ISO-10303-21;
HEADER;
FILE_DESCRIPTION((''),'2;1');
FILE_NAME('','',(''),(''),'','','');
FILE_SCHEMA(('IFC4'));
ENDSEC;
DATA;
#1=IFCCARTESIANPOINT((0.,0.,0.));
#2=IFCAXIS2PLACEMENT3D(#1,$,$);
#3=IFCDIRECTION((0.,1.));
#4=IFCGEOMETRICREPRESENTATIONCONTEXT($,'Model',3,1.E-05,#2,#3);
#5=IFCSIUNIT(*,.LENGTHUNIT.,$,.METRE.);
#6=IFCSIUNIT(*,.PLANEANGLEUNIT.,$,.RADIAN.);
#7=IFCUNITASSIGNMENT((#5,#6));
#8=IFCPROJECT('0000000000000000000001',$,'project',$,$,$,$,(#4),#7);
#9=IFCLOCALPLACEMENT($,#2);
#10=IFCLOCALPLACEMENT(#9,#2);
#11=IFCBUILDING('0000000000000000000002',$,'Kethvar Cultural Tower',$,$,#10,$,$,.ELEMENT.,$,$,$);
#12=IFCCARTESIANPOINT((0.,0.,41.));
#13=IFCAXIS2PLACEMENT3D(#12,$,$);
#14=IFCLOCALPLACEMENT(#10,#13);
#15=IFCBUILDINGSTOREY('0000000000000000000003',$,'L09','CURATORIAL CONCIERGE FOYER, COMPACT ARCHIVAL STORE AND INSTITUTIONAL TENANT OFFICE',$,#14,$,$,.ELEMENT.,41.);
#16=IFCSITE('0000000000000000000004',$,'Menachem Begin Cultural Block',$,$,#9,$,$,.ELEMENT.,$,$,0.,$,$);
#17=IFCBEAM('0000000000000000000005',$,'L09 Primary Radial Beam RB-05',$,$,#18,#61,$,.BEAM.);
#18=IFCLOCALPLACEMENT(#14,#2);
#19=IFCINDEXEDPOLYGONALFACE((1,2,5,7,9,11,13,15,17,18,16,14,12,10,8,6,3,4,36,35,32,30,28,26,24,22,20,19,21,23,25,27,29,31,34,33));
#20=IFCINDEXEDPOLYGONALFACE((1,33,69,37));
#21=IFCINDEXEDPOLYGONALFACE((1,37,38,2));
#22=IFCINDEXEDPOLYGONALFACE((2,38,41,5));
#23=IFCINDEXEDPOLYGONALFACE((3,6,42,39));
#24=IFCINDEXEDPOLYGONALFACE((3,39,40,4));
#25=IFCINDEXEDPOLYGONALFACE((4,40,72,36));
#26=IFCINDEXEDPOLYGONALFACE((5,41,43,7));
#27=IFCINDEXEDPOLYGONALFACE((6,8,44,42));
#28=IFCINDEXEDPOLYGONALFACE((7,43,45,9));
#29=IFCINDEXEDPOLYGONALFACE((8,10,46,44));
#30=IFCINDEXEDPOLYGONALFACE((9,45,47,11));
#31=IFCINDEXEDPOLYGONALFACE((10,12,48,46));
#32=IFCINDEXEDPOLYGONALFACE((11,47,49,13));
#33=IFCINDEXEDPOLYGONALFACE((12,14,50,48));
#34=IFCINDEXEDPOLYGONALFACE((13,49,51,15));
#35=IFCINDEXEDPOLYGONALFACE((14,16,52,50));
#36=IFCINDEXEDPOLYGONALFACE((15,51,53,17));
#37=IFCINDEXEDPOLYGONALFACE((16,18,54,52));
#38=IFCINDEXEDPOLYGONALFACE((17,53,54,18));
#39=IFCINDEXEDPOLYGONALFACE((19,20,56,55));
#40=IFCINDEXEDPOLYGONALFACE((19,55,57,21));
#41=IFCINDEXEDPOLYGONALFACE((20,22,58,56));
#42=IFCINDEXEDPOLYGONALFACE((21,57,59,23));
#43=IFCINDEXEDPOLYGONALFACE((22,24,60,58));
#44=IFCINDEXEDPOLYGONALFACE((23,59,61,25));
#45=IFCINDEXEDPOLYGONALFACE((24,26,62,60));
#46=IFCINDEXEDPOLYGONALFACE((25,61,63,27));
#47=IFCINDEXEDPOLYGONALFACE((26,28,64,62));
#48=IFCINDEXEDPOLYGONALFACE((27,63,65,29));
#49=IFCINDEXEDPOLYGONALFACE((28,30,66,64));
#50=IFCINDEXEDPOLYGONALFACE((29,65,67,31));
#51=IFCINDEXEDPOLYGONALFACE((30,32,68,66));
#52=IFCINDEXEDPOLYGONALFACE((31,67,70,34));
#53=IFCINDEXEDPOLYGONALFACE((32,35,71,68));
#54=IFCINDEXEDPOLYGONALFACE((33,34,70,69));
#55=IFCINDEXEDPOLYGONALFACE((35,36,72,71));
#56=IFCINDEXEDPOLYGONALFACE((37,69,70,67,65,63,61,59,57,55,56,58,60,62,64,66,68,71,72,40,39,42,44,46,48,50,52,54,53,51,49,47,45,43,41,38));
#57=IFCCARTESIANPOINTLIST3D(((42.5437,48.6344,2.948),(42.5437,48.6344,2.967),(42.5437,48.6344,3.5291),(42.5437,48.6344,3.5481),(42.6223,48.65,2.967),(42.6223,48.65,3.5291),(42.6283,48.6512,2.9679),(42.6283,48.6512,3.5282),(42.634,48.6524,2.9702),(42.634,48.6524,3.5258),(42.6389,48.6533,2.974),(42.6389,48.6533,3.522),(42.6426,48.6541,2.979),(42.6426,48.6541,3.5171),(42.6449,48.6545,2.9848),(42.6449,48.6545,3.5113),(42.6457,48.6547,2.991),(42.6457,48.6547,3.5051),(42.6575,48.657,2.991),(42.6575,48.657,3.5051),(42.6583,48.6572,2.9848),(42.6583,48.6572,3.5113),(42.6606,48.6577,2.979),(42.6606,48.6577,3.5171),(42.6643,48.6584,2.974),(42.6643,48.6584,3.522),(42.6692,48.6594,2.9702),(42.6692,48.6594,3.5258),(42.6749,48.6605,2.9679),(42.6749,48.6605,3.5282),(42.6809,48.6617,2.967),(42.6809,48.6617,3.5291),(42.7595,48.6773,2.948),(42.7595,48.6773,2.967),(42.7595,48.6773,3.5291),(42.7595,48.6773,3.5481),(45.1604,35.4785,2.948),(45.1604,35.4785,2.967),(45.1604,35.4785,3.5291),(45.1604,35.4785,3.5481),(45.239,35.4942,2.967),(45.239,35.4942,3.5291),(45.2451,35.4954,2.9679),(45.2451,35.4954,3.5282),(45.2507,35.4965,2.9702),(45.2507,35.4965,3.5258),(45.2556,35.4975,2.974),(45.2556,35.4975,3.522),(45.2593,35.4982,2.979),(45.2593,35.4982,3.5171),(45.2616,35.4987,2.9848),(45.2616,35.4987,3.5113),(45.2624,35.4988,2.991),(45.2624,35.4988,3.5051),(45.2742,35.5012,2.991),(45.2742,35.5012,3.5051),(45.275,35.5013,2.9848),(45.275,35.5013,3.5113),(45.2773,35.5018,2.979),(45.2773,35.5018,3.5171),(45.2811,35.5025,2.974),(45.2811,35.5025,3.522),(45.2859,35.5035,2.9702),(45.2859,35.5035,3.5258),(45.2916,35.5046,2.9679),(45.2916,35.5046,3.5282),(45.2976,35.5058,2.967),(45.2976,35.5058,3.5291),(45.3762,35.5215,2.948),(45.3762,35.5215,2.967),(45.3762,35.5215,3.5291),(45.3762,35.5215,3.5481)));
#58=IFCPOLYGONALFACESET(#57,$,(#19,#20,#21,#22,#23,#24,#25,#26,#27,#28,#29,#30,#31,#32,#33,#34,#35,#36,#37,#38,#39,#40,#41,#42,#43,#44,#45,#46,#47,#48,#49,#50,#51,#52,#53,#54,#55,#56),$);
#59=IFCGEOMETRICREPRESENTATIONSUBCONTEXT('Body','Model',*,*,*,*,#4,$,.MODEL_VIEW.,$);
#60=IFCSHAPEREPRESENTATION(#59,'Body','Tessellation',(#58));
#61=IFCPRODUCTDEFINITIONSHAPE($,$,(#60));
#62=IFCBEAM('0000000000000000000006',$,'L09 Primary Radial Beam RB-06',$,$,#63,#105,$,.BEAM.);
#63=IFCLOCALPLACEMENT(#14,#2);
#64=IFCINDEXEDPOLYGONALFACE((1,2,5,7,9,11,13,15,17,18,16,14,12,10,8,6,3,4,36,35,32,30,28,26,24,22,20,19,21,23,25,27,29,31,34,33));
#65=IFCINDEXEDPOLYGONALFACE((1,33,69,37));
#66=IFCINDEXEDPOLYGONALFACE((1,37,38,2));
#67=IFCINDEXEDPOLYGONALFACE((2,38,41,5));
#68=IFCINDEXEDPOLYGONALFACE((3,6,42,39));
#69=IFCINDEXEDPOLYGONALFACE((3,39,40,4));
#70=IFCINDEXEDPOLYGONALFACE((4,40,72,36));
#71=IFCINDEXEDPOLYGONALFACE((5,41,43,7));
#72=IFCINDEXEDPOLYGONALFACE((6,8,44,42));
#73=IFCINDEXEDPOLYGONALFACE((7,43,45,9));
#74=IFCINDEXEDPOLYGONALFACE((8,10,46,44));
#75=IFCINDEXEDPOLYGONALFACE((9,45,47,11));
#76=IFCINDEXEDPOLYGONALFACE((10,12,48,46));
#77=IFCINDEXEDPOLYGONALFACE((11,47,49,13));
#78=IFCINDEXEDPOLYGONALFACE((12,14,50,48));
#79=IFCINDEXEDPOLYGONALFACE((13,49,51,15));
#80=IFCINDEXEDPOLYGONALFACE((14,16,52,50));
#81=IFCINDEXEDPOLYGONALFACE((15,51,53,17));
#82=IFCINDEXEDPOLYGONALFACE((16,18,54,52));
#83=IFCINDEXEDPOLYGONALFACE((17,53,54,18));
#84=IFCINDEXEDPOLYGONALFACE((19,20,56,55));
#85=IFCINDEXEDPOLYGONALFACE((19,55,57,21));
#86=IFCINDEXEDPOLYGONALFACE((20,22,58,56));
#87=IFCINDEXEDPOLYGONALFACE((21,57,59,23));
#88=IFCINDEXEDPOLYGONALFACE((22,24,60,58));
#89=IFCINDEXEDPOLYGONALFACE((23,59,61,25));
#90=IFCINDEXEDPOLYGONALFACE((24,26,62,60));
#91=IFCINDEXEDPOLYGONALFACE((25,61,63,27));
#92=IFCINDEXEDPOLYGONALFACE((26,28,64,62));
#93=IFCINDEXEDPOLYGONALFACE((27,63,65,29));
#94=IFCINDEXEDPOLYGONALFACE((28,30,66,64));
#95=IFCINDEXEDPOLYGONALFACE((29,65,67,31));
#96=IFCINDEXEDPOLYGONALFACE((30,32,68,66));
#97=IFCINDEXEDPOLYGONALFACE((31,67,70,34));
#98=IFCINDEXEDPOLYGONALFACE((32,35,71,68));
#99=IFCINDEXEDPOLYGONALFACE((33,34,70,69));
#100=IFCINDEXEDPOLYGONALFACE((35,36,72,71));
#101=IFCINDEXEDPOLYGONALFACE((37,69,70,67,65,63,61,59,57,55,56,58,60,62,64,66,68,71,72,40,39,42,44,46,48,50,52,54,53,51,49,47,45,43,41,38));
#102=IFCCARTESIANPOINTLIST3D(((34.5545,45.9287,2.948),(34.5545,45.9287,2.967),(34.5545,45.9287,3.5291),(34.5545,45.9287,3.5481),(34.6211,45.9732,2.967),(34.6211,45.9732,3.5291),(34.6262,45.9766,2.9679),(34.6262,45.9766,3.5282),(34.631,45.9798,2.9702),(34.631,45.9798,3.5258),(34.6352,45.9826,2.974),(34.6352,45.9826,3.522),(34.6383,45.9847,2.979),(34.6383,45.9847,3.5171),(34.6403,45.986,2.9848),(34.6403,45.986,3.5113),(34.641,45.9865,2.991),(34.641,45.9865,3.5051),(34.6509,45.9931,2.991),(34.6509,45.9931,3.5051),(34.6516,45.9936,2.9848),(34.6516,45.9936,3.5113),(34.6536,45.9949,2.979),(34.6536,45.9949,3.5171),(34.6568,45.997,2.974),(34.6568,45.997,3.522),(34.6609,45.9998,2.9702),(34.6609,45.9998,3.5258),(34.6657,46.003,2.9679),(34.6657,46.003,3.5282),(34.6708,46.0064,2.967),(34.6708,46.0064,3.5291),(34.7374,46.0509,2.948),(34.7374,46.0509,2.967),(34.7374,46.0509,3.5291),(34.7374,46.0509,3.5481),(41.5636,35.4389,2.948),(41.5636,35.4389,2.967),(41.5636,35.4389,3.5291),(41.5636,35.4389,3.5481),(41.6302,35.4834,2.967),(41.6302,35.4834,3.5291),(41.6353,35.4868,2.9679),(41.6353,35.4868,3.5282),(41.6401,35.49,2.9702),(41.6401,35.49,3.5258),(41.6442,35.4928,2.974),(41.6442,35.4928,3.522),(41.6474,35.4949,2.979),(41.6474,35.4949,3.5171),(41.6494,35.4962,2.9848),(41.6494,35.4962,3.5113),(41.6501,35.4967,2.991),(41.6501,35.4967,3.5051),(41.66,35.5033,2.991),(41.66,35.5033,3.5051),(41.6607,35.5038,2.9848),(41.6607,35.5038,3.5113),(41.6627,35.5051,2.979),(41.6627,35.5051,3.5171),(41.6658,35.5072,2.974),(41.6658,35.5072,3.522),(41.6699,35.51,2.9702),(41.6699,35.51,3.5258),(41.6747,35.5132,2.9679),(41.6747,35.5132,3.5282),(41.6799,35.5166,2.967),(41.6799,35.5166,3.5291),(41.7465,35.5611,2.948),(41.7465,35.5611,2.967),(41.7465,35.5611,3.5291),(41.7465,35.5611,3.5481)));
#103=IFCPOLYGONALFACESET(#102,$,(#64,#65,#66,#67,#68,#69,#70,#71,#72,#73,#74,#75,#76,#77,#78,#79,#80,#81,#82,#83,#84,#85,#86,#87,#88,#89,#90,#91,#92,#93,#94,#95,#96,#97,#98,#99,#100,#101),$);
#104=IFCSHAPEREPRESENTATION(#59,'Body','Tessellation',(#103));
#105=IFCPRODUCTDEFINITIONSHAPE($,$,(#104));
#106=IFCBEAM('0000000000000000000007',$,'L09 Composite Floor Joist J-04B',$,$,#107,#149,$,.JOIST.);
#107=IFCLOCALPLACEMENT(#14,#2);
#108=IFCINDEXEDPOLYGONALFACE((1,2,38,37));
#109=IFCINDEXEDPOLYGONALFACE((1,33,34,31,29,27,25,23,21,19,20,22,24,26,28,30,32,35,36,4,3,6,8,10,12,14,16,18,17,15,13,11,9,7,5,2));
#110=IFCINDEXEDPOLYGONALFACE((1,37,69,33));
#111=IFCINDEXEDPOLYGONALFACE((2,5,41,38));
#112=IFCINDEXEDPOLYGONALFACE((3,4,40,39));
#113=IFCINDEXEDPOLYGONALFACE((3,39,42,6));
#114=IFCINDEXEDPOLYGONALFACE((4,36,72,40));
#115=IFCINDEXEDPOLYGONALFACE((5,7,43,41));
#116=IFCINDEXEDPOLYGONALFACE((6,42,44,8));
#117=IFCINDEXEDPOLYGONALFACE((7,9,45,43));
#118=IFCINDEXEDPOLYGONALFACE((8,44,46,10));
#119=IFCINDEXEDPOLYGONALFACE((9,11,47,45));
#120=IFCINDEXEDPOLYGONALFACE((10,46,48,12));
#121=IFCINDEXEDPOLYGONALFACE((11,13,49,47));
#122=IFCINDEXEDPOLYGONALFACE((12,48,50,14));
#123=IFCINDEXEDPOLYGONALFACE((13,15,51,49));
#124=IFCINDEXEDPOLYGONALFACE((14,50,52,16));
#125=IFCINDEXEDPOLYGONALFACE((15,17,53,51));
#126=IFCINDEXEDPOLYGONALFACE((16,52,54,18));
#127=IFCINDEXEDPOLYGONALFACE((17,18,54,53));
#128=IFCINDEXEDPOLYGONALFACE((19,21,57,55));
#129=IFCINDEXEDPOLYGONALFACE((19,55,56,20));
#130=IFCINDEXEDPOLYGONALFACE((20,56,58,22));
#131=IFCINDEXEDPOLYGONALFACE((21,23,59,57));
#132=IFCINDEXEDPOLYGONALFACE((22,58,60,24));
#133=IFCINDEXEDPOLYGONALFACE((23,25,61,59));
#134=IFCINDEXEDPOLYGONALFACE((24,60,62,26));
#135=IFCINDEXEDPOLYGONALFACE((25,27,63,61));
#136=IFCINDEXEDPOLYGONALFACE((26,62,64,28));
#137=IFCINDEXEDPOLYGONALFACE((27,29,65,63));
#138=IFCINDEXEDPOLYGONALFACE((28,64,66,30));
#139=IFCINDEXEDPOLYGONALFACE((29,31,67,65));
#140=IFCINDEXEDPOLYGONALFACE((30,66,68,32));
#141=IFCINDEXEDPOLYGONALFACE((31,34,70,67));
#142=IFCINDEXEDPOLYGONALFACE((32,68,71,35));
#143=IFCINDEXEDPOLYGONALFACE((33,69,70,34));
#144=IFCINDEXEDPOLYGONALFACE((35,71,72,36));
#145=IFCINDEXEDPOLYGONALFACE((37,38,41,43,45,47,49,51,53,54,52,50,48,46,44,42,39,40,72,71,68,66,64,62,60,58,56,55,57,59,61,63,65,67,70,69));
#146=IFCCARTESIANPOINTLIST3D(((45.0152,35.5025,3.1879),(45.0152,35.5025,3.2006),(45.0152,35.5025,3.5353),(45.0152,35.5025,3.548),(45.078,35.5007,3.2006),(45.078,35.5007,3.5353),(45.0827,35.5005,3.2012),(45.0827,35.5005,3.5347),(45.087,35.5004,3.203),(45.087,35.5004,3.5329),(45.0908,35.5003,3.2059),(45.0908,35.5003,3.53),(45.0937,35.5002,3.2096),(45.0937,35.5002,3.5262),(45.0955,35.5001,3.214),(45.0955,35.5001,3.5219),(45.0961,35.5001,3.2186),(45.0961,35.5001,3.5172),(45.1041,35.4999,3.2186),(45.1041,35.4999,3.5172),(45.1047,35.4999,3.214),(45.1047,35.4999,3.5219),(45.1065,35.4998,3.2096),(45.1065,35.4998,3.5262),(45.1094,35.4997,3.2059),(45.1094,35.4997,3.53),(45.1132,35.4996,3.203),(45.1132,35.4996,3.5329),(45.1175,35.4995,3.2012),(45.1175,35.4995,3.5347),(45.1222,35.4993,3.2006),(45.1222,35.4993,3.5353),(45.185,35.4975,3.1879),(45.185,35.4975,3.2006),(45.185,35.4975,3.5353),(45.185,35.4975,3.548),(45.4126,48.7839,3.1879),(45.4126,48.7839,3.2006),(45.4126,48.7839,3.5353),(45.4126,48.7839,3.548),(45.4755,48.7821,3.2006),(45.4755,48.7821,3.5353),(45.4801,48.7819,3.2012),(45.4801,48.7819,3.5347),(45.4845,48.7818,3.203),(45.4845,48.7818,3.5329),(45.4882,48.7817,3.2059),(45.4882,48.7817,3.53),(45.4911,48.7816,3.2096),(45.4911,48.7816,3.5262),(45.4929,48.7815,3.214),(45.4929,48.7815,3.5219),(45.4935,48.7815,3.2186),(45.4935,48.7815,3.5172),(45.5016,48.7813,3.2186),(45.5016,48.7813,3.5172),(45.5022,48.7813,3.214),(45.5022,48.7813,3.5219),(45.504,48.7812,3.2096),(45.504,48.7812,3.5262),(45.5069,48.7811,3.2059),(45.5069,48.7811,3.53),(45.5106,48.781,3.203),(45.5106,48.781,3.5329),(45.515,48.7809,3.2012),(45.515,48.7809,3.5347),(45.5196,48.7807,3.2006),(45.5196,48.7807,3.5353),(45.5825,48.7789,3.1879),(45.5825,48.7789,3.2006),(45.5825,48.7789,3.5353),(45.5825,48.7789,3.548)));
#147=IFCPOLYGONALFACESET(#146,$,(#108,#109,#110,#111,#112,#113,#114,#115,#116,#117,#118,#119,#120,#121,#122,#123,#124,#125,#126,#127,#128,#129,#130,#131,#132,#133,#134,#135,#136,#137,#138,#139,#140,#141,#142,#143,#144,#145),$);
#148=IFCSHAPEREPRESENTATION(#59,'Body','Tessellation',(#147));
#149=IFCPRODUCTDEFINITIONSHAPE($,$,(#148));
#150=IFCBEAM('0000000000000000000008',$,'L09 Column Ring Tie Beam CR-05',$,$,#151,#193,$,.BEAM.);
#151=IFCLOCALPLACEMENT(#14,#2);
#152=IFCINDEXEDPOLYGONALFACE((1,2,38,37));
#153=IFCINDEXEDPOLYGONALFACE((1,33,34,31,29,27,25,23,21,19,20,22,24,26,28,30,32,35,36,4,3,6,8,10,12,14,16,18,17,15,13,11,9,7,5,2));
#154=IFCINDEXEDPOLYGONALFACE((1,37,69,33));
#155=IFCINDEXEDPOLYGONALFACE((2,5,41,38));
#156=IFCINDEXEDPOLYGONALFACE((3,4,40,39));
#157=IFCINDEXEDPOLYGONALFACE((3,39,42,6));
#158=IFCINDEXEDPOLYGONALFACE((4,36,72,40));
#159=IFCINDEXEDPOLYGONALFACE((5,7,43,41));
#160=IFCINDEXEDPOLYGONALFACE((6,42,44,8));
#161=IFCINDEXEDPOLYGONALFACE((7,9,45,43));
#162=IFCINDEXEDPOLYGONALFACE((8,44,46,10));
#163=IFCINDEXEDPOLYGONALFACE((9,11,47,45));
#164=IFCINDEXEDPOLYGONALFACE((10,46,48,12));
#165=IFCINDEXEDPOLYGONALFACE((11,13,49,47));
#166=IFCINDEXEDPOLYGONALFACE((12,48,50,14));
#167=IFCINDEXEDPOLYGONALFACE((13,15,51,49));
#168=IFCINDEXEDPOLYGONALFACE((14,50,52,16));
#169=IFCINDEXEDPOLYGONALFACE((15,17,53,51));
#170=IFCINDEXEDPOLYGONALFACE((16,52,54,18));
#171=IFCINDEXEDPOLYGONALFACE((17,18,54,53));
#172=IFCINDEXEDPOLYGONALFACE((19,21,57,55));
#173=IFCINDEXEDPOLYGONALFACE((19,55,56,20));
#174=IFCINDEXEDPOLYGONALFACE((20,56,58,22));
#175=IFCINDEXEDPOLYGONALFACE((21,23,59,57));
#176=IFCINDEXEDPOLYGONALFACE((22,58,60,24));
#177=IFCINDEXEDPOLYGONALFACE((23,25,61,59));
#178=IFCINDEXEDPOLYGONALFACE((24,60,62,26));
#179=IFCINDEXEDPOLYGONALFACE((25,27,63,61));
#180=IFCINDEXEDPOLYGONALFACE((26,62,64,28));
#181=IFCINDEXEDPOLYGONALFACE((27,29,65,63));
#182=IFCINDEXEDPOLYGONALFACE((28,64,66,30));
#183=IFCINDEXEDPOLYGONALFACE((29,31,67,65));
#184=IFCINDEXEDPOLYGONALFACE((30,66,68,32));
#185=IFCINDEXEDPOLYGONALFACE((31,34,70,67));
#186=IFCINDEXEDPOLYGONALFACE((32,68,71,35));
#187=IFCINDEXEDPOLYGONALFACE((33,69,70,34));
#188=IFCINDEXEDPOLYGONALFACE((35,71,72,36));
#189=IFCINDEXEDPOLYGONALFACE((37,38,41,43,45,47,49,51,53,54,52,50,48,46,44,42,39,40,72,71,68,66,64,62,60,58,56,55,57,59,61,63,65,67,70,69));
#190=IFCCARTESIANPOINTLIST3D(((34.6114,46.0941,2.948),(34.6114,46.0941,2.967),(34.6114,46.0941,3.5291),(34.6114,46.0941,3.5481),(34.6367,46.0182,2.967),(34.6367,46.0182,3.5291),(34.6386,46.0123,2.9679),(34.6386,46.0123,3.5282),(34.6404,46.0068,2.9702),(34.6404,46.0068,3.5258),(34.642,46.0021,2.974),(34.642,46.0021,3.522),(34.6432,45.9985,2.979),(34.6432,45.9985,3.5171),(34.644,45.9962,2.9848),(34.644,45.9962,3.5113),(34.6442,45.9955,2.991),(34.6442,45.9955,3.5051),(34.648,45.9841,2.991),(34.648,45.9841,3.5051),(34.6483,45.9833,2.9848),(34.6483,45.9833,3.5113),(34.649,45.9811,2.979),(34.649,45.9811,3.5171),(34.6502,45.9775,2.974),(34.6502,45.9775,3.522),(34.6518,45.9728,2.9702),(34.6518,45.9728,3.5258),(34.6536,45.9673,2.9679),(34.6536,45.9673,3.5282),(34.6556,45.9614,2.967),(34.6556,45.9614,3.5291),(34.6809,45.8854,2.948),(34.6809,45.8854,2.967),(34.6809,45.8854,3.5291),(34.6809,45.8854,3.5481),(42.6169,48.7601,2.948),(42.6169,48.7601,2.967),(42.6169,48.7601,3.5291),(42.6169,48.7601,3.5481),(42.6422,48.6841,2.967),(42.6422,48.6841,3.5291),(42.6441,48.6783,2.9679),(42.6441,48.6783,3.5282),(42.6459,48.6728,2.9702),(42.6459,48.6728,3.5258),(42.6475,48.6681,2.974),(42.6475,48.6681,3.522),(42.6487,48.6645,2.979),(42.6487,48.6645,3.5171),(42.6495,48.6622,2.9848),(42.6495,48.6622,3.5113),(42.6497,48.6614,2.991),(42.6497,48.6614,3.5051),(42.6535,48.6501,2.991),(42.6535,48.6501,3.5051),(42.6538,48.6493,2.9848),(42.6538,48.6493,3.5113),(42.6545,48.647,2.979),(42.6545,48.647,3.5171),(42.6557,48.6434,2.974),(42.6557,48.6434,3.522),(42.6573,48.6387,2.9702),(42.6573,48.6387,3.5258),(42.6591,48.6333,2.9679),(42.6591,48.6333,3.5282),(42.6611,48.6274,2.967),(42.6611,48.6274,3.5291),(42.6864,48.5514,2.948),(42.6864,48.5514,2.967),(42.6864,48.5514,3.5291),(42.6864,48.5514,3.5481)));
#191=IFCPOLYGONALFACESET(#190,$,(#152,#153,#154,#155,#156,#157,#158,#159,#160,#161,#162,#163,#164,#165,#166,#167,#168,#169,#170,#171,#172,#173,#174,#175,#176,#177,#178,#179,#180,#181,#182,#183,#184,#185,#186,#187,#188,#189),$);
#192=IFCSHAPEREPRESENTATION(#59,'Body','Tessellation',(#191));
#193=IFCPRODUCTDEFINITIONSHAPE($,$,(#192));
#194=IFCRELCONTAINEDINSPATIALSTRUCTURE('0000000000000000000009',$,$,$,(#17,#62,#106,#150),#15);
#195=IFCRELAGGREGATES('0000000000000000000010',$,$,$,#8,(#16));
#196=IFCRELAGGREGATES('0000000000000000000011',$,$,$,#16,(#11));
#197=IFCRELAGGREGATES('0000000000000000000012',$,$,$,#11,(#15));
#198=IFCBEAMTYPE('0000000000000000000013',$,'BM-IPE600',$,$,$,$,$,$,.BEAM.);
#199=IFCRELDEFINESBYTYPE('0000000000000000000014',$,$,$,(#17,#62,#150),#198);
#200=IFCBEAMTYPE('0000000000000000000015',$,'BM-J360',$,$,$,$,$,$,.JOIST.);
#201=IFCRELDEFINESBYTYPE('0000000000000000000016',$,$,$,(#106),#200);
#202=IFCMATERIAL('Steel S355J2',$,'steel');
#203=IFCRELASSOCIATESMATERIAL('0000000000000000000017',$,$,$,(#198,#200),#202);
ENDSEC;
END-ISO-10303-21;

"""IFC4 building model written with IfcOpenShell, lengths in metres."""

from ifc_helpers import new_model, si_unit, direction, frame, origin, origin_2d, place, context, subcontext, project, spatial, i_section, extrude, source, transform, mapped, material, material_profile, profile_set, type_object, element, save


model = new_model("IFC4")

# Units and contexts
model_context = context("Model", 3, precision=1e-05, world=origin(), true_north=direction((0.0, 1.0)))
body_context = subcontext(model_context, "Body", "Model", "MODEL_VIEW")
ifc_project = project(units=[si_unit("LENGTHUNIT", "METRE"), si_unit("PLANEANGLEUNIT", "RADIAN")], contexts=[model_context])

# Site, building, storey
site_placement = place(None, origin())
site = spatial("IfcSite", under=ifc_project, at=site_placement, Name="Menachem Begin Cultural Block", CompositionType="ELEMENT", RefElevation=0.0)
building_placement = place(site_placement, origin())
building = spatial("IfcBuilding", under=site, at=building_placement, Name="Kethvar Cultural Tower", CompositionType="ELEMENT")
storey_placement = place(building_placement, frame((0.0, 0.0, 41.0)))
storey = spatial("IfcBuildingStorey", under=building, at=storey_placement, Name="L09", Description="CURATORIAL CONCIERGE FOYER, COMPACT ARCHIVAL STORE AND INSTITUTIONAL TENANT OFFICE", CompositionType="ELEMENT", Elevation=41.0)

# Beams
ifc_material_1 = material(Name="Steel S355J2", Category="steel")
ifc_material_profile_1 = material_profile(ifc_material_1, i_section(OverallWidth=0.22, OverallDepth=0.6001, WebThickness=0.012, FlangeThickness=0.019, FilletRadius=0.0239, at=origin_2d()), Name="Steel S355J2 — IPE600")
ifc_profile_set_1 = profile_set([ifc_material_profile_1], Name="Steel S355J2 — IPE600")
beam_type_1 = type_object("IfcBeamType", Name="BM-IPE600", PredefinedType="BEAM", material=ifc_profile_set_1)
shared_shape_1 = source(origin(), body_context, "Body", "SweptSolid", [
    extrude(i_section(OverallWidth=0.22, OverallDepth=0.6001, WebThickness=0.012, FlangeThickness=0.019, FilletRadius=0.0239, at=origin_2d()), origin(), (0.0, 0.0, 1.0), 13.4136),
])
beam_1_placement = place(storey_placement, frame((45.2683, 35.5, 3.248), z_axis=(-0.19508, 0.980787, 0.0), x_axis=(-0.980787, -0.19508, 0.0)))
element("IfcBeam", 1, at=beam_1_placement, inside=storey, type_object=beam_type_1, Name="L09 Primary Radial Beam RB-05", PredefinedType="BEAM", context=body_context, shape_type="MappedRepresentation", body=[
    mapped(shared_shape_1, transform((0.0, 0.0, 0.0), scale=1.0)),
])
shared_shape_2 = source(origin(), body_context, "Body", "SweptSolid", [
    extrude(i_section(OverallWidth=0.22, OverallDepth=0.6001, WebThickness=0.012, FlangeThickness=0.019, FilletRadius=0.0239, at=origin_2d()), origin(), (0.0, 0.0, 1.0), 12.616),
])
beam_2_placement = place(storey_placement, frame((41.655, 35.5, 3.248), z_axis=(-0.555571, 0.831469, 0.0), x_axis=(-0.831469, -0.555571, 0.0)))
element("IfcBeam", 2, at=beam_2_placement, inside=storey, type_object=beam_type_1, Name="L09 Primary Radial Beam RB-06", PredefinedType="BEAM", context=body_context, shape_type="MappedRepresentation", body=[
    mapped(shared_shape_2, transform((0.0, 0.0, 0.0), scale=1.0)),
])
ifc_material_profile_2 = material_profile(ifc_material_1, i_section(OverallWidth=0.1699, OverallDepth=0.3601, WebThickness=0.0081, FlangeThickness=0.0127, FilletRadius=0.0181, at=origin_2d()), Name="Steel S355J2 — IPE360")
ifc_profile_set_2 = profile_set([ifc_material_profile_2], Name="Steel S355J2 — IPE360")
beam_type_2 = type_object("IfcBeamType", Name="BM-J360", PredefinedType="JOIST", material=ifc_profile_set_2)
shared_shape_3 = source(origin(), body_context, "Body", "SweptSolid", [
    extrude(i_section(OverallWidth=0.1699, OverallDepth=0.3601, WebThickness=0.0081, FlangeThickness=0.0127, FilletRadius=0.0181, at=origin_2d()), origin(), (0.0, 0.0, 1.0), 13.2874),
])
beam_3_placement = place(storey_placement, frame((45.1001, 35.5, 3.3679), z_axis=(0.029913, 0.999553, 0.0), x_axis=(-0.999553, 0.029913, 0.0)))
element("IfcBeam", 3, at=beam_3_placement, inside=storey, type_object=beam_type_2, Name="L09 Composite Floor Joist J-04B", PredefinedType="JOIST", context=body_context, shape_type="MappedRepresentation", body=[
    mapped(shared_shape_3, transform((0.0, 0.0, 0.0), scale=1.0)),
])
shared_shape_4 = source(origin(), body_context, "Body", "SweptSolid", [
    extrude(i_section(OverallWidth=0.22, OverallDepth=0.6001, WebThickness=0.012, FlangeThickness=0.019, FilletRadius=0.0239, at=origin_2d()), origin(), (0.0, 0.0, 1.0), 8.4377),
])
beam_4_placement = place(storey_placement, frame((42.6516, 48.6558, 3.248), z_axis=(-0.948773, -0.315959, 0.0), x_axis=(0.315959, -0.948773, 0.0)))
element("IfcBeam", 4, at=beam_4_placement, inside=storey, type_object=beam_type_1, Name="L09 Column Ring Tie Beam CR-05", PredefinedType="BEAM", context=body_context, shape_type="MappedRepresentation", body=[
    mapped(shared_shape_4, transform((0.0, 0.0, 0.0), scale=1.0)),
])

save(model, "model.ifc")
